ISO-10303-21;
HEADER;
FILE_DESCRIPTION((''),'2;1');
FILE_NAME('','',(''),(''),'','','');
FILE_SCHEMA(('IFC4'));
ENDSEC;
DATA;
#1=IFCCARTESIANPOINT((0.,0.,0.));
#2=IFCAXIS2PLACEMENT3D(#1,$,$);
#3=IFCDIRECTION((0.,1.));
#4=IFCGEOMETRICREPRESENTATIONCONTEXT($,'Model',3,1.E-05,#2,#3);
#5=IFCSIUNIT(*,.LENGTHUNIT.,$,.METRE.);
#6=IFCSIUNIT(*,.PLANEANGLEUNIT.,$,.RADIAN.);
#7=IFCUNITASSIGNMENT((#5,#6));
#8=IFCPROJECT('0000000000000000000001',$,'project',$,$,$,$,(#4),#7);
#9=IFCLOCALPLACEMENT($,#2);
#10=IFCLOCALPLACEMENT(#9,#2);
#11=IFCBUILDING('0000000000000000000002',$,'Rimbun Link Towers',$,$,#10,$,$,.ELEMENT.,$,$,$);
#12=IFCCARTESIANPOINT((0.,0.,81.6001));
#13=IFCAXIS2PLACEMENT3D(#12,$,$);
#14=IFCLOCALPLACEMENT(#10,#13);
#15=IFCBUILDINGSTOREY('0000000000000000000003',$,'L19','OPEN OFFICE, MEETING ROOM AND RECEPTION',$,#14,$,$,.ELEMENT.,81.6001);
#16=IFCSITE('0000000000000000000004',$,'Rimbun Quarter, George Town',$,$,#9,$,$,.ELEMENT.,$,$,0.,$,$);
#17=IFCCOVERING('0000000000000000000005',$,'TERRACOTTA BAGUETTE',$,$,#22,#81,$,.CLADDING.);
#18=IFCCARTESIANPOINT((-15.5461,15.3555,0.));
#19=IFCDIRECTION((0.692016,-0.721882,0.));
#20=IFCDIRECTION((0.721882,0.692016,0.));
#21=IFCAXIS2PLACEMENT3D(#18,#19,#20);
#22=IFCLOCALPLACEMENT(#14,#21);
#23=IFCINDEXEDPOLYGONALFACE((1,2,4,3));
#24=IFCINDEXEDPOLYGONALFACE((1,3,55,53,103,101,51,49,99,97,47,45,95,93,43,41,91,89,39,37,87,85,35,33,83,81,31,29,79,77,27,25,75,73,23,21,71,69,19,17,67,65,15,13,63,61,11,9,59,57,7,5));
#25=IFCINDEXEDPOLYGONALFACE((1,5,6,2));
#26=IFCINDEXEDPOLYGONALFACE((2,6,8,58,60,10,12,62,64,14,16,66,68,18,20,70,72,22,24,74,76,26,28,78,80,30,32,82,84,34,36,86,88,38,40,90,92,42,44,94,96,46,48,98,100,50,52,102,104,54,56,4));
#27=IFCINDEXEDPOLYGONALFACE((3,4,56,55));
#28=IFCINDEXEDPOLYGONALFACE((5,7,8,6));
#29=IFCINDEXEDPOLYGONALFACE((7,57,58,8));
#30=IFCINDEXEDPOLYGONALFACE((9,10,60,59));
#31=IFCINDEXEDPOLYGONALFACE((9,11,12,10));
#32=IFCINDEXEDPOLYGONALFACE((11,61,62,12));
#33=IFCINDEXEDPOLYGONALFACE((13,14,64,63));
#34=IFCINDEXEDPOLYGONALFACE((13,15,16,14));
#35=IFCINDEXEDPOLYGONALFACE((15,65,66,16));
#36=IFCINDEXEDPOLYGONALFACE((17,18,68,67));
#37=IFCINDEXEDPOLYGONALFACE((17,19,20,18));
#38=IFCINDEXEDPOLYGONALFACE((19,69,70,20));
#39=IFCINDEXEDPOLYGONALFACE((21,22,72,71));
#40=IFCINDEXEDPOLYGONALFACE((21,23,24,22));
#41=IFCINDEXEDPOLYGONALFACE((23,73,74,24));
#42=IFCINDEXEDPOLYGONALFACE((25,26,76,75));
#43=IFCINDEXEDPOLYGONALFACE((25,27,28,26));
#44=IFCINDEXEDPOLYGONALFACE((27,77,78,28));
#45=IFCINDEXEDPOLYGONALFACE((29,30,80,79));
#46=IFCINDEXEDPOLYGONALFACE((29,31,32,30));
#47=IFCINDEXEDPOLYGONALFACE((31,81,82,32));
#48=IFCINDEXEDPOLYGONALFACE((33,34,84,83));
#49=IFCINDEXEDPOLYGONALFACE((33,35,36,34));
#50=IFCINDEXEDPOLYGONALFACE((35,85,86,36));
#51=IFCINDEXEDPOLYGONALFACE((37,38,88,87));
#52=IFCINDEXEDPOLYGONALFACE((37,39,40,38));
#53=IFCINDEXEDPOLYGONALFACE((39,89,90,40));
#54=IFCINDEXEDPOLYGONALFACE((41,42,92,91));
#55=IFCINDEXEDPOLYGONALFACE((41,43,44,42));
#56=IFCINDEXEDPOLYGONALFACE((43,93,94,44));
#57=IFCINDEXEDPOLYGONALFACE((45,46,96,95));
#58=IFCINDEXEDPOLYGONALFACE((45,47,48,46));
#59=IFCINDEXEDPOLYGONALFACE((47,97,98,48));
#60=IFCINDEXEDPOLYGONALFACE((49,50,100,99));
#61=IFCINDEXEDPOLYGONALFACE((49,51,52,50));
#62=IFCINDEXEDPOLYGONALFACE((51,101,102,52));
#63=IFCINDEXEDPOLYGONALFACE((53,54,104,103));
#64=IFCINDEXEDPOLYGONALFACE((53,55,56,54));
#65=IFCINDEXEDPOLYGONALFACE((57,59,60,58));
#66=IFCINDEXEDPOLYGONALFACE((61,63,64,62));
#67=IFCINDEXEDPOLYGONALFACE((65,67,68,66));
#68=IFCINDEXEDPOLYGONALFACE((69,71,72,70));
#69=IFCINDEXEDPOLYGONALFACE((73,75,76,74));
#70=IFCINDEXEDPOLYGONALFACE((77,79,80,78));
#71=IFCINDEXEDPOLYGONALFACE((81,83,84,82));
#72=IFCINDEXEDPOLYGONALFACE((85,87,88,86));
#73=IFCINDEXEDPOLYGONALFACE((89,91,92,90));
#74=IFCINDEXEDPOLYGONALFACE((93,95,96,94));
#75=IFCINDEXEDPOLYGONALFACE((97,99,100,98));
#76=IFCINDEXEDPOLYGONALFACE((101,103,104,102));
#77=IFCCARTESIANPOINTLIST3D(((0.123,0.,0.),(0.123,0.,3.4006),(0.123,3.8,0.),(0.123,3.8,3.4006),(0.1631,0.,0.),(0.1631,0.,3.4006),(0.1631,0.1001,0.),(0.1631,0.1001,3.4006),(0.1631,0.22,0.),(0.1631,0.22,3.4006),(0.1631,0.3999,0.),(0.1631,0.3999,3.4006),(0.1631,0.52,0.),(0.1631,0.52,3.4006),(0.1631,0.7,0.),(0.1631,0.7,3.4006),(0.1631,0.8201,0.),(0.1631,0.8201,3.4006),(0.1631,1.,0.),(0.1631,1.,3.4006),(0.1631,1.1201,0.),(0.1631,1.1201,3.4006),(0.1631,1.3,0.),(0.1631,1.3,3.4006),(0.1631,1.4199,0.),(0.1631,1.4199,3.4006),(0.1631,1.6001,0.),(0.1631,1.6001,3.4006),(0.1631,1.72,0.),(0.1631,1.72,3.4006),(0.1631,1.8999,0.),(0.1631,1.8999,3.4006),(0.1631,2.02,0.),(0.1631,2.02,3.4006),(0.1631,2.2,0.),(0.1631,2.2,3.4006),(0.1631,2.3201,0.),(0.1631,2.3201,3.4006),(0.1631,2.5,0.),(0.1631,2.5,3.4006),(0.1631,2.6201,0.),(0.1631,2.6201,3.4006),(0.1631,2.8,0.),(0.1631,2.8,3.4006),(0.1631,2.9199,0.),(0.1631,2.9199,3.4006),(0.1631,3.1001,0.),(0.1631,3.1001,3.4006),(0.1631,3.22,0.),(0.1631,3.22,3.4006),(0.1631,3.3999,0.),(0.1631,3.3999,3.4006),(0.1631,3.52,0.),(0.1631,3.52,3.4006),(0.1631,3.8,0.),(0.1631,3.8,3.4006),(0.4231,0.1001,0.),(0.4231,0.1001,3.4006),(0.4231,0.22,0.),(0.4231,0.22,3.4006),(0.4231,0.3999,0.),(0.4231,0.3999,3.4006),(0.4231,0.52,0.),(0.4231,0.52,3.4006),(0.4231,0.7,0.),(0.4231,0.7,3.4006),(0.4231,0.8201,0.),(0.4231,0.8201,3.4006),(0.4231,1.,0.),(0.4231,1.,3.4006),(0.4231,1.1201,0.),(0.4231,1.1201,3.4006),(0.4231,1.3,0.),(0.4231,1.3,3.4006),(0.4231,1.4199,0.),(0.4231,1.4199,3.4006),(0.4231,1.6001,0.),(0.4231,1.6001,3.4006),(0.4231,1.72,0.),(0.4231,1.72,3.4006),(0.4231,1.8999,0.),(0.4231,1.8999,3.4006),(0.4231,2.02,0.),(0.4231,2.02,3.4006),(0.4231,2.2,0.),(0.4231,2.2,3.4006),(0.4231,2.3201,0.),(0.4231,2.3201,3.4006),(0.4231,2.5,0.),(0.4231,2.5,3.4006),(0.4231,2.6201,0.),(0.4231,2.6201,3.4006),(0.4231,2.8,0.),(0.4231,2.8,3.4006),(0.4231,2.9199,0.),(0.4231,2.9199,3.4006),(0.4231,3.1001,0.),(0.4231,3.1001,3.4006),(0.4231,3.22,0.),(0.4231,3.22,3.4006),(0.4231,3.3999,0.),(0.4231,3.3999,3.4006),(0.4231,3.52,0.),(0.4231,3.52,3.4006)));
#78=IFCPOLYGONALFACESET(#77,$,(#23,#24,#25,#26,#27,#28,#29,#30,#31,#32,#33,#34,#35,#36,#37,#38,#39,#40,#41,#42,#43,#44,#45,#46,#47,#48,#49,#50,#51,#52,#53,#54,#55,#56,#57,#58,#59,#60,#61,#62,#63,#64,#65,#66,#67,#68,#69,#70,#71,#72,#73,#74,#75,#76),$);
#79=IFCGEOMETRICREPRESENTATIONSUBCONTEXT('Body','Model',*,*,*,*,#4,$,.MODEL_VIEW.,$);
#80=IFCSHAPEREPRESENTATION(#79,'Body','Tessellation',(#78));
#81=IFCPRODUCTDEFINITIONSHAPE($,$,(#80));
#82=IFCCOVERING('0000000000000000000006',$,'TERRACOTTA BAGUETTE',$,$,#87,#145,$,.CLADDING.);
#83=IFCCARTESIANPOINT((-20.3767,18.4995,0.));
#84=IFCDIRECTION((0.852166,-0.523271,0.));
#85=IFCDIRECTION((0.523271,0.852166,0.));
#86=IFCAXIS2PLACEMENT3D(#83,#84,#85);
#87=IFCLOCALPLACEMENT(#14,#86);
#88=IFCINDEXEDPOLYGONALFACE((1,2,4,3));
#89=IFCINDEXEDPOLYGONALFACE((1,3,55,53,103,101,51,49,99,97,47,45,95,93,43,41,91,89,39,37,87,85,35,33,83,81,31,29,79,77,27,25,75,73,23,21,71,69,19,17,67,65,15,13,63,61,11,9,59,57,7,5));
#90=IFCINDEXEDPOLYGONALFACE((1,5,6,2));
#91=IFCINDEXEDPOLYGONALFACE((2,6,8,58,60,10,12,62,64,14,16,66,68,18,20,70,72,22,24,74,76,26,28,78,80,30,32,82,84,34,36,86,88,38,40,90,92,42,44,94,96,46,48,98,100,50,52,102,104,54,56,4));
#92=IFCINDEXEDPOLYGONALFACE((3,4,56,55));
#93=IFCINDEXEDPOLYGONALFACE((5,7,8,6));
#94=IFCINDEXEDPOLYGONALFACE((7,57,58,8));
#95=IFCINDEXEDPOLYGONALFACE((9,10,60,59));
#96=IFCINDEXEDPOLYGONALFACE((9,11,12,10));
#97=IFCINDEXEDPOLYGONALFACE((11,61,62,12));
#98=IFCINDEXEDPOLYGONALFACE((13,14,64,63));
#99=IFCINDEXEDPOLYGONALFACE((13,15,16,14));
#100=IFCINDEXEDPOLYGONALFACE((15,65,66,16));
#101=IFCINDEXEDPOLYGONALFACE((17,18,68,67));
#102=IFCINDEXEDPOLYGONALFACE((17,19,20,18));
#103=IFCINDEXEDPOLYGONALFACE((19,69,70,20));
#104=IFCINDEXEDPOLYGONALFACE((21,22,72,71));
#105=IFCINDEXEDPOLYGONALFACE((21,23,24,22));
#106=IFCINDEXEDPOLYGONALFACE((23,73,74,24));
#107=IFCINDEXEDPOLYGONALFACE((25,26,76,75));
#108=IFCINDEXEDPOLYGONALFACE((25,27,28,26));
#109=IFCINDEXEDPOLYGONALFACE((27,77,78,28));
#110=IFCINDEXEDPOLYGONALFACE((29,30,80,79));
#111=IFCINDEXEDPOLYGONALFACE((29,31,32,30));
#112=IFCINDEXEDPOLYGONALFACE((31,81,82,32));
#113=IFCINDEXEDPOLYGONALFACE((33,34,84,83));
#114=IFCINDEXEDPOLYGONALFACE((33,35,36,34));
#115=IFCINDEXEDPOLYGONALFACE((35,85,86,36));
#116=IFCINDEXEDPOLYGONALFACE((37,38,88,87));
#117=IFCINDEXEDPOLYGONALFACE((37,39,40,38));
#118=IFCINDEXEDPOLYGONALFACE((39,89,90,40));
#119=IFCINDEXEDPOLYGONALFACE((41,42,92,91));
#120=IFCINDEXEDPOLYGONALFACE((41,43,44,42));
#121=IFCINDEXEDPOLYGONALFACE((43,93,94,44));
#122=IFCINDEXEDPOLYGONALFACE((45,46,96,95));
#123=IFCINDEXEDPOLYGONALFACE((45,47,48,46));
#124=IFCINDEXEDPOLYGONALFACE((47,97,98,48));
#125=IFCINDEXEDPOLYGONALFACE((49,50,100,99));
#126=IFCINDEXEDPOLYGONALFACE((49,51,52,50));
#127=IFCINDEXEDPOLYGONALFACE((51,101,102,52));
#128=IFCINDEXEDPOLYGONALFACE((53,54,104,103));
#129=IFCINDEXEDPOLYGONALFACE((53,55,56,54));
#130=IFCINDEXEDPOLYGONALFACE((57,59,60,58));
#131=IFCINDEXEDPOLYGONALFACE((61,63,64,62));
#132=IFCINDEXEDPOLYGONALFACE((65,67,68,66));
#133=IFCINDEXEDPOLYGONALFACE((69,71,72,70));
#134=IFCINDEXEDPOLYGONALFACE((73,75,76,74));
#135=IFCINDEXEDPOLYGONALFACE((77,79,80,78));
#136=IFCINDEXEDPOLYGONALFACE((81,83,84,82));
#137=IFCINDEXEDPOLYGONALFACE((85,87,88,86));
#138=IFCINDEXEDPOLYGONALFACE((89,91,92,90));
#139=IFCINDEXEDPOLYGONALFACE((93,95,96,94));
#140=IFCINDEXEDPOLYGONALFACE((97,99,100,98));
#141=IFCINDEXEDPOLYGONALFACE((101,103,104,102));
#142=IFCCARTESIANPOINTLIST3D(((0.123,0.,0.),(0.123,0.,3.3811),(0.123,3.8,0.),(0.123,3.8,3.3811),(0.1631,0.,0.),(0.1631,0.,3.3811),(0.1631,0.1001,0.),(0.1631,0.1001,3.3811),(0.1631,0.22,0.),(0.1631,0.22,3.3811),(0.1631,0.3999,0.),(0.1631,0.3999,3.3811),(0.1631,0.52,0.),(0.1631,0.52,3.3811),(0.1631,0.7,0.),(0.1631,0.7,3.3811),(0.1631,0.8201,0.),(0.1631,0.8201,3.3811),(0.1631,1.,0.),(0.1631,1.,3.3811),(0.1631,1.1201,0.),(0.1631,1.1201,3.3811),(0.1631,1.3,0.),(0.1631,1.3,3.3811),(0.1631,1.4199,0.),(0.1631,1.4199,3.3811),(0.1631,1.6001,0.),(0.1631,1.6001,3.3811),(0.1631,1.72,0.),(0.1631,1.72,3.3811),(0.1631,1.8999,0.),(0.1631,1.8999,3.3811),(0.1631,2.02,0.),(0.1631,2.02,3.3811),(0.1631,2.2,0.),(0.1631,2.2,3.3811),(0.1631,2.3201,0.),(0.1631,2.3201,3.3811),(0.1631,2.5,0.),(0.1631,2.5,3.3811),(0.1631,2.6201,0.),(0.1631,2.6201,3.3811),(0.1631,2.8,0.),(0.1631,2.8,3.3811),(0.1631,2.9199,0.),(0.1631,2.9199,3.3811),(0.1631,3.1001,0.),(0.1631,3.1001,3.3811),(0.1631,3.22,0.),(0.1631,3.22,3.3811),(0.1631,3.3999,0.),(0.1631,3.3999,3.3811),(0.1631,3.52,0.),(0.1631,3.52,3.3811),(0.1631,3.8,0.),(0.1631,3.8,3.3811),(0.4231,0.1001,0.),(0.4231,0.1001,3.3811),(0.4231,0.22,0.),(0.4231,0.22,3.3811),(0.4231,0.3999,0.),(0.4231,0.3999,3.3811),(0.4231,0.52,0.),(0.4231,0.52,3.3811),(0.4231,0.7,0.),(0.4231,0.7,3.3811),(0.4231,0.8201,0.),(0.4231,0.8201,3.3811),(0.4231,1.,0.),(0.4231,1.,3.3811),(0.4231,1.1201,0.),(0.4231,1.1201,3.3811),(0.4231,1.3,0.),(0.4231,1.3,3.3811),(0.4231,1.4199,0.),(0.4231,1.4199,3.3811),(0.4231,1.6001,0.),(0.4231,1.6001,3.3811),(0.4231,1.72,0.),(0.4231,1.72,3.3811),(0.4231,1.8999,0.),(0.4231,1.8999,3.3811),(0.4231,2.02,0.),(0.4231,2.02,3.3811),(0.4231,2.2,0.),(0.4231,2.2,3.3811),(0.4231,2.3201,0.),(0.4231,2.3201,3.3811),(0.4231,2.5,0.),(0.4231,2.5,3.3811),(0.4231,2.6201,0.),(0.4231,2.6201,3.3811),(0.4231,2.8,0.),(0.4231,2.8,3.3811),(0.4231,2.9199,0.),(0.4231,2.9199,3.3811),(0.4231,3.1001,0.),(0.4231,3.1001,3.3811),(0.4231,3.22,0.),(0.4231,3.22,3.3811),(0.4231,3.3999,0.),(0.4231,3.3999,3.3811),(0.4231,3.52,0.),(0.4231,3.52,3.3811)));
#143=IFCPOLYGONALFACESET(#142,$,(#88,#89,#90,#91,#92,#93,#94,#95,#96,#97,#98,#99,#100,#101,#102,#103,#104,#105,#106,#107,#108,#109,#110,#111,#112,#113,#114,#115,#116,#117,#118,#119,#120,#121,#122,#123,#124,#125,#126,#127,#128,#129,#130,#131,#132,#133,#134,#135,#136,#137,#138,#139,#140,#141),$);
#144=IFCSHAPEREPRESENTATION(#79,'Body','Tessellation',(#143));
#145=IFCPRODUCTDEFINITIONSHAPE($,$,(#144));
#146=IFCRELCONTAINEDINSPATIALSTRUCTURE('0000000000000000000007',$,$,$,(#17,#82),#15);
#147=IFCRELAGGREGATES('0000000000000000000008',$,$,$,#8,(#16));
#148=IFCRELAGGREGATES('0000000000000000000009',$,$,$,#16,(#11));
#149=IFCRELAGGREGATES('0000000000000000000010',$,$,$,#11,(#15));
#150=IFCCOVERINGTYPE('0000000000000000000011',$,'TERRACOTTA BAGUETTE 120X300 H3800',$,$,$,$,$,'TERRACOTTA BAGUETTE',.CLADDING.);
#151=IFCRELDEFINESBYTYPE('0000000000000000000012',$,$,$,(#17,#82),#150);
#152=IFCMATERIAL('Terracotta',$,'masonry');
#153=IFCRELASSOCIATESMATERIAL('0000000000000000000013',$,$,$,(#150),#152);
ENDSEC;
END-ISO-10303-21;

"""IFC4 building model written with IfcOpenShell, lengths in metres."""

from ifc_helpers import new_model, si_unit, direction, frame, origin, place, context, subcontext, project, spatial, polyline, outline, extrude, material, material_profile, profile_set, type_object, element, save


model = new_model("IFC4")

# Units and contexts
model_context = context("Model", 3, precision=1e-05, world=origin(), true_north=direction((0.0, 1.0)))
body_context = subcontext(model_context, "Body", "Model", "MODEL_VIEW")
ifc_project = project(units=[si_unit("LENGTHUNIT", "METRE"), si_unit("PLANEANGLEUNIT", "RADIAN")], contexts=[model_context])

# Site, building, storey
site_placement = place(None, origin())
site = spatial("IfcSite", under=ifc_project, at=site_placement, Name="Rimbun Quarter, George Town", CompositionType="ELEMENT", RefElevation=0.0)
building_placement = place(site_placement, origin())
building = spatial("IfcBuilding", under=site, at=building_placement, Name="Rimbun Link Towers", CompositionType="ELEMENT")
storey_placement = place(building_placement, frame((0.0, 0.0, 81.6001)))
storey = spatial("IfcBuildingStorey", under=building, at=storey_placement, Name="L19", Description="OPEN OFFICE, MEETING ROOM AND RECEPTION", CompositionType="ELEMENT", Elevation=81.6001)

# Coverings
ifc_material_1 = material(Name="Terracotta", Category="masonry")
ifc_material_profile_1 = material_profile(ifc_material_1, outline(polyline([(0.123, 0.0), (0.1631, 0.0), (0.1631, 0.1001), (0.4231, 0.1001), (0.4231, 0.22), (0.1631, 0.22), (0.1631, 0.3999), (0.4231, 0.3999), (0.4231, 0.52), (0.1631, 0.52), (0.1631, 0.7), (0.4231, 0.7), (0.4231, 0.8201), (0.1631, 0.8201), (0.1631, 1.0), (0.4231, 1.0), (0.4231, 1.1201), (0.1631, 1.1201), (0.1631, 1.3), (0.4231, 1.3), (0.4231, 1.4199), (0.1631, 1.4199), (0.1631, 1.6001), (0.4231, 1.6001), (0.4231, 1.72), (0.1631, 1.72), (0.1631, 1.8999), (0.4231, 1.8999), (0.4231, 2.02), (0.1631, 2.02), (0.1631, 2.2), (0.4231, 2.2), (0.4231, 2.3201), (0.1631, 2.3201), (0.1631, 2.5), (0.4231, 2.5), (0.4231, 2.6201), (0.1631, 2.6201), (0.1631, 2.8), (0.4231, 2.8), (0.4231, 2.9199), (0.1631, 2.9199), (0.1631, 3.1001), (0.4231, 3.1001), (0.4231, 3.22), (0.1631, 3.22), (0.1631, 3.3999), (0.4231, 3.3999), (0.4231, 3.52), (0.1631, 3.52), (0.1631, 3.8), (0.123, 3.8), (0.123, 0.0)])), Name="BAGUETTE 120X300")
ifc_profile_set_1 = profile_set([ifc_material_profile_1], Name="Terracotta")
covering_type = type_object("IfcCoveringType", Name="TERRACOTTA BAGUETTE 120X300 H3800", ElementType="TERRACOTTA BAGUETTE", PredefinedType="CLADDING", material=ifc_profile_set_1)
covering_1_placement = place(storey_placement, frame((-15.5461, 15.3555, 0.0), z_axis=(0.692016, -0.721882, 0.0), x_axis=(0.721882, 0.692016, 0.0)))
element("IfcCovering", 1, at=covering_1_placement, inside=storey, type_object=covering_type, Name="TERRACOTTA BAGUETTE", PredefinedType="CLADDING", context=body_context, shape_type="SweptSolid", body=[
    extrude(outline(polyline([(0.123, 0.0), (0.1631, 0.0), (0.1631, 0.1001), (0.4231, 0.1001), (0.4231, 0.22), (0.1631, 0.22), (0.1631, 0.3999), (0.4231, 0.3999), (0.4231, 0.52), (0.1631, 0.52), (0.1631, 0.7), (0.4231, 0.7), (0.4231, 0.8201), (0.1631, 0.8201), (0.1631, 1.0), (0.4231, 1.0), (0.4231, 1.1201), (0.1631, 1.1201), (0.1631, 1.3), (0.4231, 1.3), (0.4231, 1.4199), (0.1631, 1.4199), (0.1631, 1.6001), (0.4231, 1.6001), (0.4231, 1.72), (0.1631, 1.72), (0.1631, 1.8999), (0.4231, 1.8999), (0.4231, 2.02), (0.1631, 2.02), (0.1631, 2.2), (0.4231, 2.2), (0.4231, 2.3201), (0.1631, 2.3201), (0.1631, 2.5), (0.4231, 2.5), (0.4231, 2.6201), (0.1631, 2.6201), (0.1631, 2.8), (0.4231, 2.8), (0.4231, 2.9199), (0.1631, 2.9199), (0.1631, 3.1001), (0.4231, 3.1001), (0.4231, 3.22), (0.1631, 3.22), (0.1631, 3.3999), (0.4231, 3.3999), (0.4231, 3.52), (0.1631, 3.52), (0.1631, 3.8), (0.123, 3.8), (0.123, 0.0)])), origin(), (0.0, 0.0, 1.0), 3.4006),
])
covering_2_placement = place(storey_placement, frame((-20.3767, 18.4995, 0.0), z_axis=(0.852166, -0.523271, 0.0), x_axis=(0.523271, 0.852166, 0.0)))
element("IfcCovering", 2, at=covering_2_placement, inside=storey, type_object=covering_type, Name="TERRACOTTA BAGUETTE", PredefinedType="CLADDING", context=body_context, shape_type="SweptSolid", body=[
    extrude(outline(polyline([(0.123, 0.0), (0.1631, 0.0), (0.1631, 0.1001), (0.4231, 0.1001), (0.4231, 0.22), (0.1631, 0.22), (0.1631, 0.3999), (0.4231, 0.3999), (0.4231, 0.52), (0.1631, 0.52), (0.1631, 0.7), (0.4231, 0.7), (0.4231, 0.8201), (0.1631, 0.8201), (0.1631, 1.0), (0.4231, 1.0), (0.4231, 1.1201), (0.1631, 1.1201), (0.1631, 1.3), (0.4231, 1.3), (0.4231, 1.4199), (0.1631, 1.4199), (0.1631, 1.6001), (0.4231, 1.6001), (0.4231, 1.72), (0.1631, 1.72), (0.1631, 1.8999), (0.4231, 1.8999), (0.4231, 2.02), (0.1631, 2.02), (0.1631, 2.2), (0.4231, 2.2), (0.4231, 2.3201), (0.1631, 2.3201), (0.1631, 2.5), (0.4231, 2.5), (0.4231, 2.6201), (0.1631, 2.6201), (0.1631, 2.8), (0.4231, 2.8), (0.4231, 2.9199), (0.1631, 2.9199), (0.1631, 3.1001), (0.4231, 3.1001), (0.4231, 3.22), (0.1631, 3.22), (0.1631, 3.3999), (0.4231, 3.3999), (0.4231, 3.52), (0.1631, 3.52), (0.1631, 3.8), (0.123, 3.8), (0.123, 0.0)])), origin(), (0.0, 0.0, 1.0), 3.3811),
])

save(model, "model.ifc")
